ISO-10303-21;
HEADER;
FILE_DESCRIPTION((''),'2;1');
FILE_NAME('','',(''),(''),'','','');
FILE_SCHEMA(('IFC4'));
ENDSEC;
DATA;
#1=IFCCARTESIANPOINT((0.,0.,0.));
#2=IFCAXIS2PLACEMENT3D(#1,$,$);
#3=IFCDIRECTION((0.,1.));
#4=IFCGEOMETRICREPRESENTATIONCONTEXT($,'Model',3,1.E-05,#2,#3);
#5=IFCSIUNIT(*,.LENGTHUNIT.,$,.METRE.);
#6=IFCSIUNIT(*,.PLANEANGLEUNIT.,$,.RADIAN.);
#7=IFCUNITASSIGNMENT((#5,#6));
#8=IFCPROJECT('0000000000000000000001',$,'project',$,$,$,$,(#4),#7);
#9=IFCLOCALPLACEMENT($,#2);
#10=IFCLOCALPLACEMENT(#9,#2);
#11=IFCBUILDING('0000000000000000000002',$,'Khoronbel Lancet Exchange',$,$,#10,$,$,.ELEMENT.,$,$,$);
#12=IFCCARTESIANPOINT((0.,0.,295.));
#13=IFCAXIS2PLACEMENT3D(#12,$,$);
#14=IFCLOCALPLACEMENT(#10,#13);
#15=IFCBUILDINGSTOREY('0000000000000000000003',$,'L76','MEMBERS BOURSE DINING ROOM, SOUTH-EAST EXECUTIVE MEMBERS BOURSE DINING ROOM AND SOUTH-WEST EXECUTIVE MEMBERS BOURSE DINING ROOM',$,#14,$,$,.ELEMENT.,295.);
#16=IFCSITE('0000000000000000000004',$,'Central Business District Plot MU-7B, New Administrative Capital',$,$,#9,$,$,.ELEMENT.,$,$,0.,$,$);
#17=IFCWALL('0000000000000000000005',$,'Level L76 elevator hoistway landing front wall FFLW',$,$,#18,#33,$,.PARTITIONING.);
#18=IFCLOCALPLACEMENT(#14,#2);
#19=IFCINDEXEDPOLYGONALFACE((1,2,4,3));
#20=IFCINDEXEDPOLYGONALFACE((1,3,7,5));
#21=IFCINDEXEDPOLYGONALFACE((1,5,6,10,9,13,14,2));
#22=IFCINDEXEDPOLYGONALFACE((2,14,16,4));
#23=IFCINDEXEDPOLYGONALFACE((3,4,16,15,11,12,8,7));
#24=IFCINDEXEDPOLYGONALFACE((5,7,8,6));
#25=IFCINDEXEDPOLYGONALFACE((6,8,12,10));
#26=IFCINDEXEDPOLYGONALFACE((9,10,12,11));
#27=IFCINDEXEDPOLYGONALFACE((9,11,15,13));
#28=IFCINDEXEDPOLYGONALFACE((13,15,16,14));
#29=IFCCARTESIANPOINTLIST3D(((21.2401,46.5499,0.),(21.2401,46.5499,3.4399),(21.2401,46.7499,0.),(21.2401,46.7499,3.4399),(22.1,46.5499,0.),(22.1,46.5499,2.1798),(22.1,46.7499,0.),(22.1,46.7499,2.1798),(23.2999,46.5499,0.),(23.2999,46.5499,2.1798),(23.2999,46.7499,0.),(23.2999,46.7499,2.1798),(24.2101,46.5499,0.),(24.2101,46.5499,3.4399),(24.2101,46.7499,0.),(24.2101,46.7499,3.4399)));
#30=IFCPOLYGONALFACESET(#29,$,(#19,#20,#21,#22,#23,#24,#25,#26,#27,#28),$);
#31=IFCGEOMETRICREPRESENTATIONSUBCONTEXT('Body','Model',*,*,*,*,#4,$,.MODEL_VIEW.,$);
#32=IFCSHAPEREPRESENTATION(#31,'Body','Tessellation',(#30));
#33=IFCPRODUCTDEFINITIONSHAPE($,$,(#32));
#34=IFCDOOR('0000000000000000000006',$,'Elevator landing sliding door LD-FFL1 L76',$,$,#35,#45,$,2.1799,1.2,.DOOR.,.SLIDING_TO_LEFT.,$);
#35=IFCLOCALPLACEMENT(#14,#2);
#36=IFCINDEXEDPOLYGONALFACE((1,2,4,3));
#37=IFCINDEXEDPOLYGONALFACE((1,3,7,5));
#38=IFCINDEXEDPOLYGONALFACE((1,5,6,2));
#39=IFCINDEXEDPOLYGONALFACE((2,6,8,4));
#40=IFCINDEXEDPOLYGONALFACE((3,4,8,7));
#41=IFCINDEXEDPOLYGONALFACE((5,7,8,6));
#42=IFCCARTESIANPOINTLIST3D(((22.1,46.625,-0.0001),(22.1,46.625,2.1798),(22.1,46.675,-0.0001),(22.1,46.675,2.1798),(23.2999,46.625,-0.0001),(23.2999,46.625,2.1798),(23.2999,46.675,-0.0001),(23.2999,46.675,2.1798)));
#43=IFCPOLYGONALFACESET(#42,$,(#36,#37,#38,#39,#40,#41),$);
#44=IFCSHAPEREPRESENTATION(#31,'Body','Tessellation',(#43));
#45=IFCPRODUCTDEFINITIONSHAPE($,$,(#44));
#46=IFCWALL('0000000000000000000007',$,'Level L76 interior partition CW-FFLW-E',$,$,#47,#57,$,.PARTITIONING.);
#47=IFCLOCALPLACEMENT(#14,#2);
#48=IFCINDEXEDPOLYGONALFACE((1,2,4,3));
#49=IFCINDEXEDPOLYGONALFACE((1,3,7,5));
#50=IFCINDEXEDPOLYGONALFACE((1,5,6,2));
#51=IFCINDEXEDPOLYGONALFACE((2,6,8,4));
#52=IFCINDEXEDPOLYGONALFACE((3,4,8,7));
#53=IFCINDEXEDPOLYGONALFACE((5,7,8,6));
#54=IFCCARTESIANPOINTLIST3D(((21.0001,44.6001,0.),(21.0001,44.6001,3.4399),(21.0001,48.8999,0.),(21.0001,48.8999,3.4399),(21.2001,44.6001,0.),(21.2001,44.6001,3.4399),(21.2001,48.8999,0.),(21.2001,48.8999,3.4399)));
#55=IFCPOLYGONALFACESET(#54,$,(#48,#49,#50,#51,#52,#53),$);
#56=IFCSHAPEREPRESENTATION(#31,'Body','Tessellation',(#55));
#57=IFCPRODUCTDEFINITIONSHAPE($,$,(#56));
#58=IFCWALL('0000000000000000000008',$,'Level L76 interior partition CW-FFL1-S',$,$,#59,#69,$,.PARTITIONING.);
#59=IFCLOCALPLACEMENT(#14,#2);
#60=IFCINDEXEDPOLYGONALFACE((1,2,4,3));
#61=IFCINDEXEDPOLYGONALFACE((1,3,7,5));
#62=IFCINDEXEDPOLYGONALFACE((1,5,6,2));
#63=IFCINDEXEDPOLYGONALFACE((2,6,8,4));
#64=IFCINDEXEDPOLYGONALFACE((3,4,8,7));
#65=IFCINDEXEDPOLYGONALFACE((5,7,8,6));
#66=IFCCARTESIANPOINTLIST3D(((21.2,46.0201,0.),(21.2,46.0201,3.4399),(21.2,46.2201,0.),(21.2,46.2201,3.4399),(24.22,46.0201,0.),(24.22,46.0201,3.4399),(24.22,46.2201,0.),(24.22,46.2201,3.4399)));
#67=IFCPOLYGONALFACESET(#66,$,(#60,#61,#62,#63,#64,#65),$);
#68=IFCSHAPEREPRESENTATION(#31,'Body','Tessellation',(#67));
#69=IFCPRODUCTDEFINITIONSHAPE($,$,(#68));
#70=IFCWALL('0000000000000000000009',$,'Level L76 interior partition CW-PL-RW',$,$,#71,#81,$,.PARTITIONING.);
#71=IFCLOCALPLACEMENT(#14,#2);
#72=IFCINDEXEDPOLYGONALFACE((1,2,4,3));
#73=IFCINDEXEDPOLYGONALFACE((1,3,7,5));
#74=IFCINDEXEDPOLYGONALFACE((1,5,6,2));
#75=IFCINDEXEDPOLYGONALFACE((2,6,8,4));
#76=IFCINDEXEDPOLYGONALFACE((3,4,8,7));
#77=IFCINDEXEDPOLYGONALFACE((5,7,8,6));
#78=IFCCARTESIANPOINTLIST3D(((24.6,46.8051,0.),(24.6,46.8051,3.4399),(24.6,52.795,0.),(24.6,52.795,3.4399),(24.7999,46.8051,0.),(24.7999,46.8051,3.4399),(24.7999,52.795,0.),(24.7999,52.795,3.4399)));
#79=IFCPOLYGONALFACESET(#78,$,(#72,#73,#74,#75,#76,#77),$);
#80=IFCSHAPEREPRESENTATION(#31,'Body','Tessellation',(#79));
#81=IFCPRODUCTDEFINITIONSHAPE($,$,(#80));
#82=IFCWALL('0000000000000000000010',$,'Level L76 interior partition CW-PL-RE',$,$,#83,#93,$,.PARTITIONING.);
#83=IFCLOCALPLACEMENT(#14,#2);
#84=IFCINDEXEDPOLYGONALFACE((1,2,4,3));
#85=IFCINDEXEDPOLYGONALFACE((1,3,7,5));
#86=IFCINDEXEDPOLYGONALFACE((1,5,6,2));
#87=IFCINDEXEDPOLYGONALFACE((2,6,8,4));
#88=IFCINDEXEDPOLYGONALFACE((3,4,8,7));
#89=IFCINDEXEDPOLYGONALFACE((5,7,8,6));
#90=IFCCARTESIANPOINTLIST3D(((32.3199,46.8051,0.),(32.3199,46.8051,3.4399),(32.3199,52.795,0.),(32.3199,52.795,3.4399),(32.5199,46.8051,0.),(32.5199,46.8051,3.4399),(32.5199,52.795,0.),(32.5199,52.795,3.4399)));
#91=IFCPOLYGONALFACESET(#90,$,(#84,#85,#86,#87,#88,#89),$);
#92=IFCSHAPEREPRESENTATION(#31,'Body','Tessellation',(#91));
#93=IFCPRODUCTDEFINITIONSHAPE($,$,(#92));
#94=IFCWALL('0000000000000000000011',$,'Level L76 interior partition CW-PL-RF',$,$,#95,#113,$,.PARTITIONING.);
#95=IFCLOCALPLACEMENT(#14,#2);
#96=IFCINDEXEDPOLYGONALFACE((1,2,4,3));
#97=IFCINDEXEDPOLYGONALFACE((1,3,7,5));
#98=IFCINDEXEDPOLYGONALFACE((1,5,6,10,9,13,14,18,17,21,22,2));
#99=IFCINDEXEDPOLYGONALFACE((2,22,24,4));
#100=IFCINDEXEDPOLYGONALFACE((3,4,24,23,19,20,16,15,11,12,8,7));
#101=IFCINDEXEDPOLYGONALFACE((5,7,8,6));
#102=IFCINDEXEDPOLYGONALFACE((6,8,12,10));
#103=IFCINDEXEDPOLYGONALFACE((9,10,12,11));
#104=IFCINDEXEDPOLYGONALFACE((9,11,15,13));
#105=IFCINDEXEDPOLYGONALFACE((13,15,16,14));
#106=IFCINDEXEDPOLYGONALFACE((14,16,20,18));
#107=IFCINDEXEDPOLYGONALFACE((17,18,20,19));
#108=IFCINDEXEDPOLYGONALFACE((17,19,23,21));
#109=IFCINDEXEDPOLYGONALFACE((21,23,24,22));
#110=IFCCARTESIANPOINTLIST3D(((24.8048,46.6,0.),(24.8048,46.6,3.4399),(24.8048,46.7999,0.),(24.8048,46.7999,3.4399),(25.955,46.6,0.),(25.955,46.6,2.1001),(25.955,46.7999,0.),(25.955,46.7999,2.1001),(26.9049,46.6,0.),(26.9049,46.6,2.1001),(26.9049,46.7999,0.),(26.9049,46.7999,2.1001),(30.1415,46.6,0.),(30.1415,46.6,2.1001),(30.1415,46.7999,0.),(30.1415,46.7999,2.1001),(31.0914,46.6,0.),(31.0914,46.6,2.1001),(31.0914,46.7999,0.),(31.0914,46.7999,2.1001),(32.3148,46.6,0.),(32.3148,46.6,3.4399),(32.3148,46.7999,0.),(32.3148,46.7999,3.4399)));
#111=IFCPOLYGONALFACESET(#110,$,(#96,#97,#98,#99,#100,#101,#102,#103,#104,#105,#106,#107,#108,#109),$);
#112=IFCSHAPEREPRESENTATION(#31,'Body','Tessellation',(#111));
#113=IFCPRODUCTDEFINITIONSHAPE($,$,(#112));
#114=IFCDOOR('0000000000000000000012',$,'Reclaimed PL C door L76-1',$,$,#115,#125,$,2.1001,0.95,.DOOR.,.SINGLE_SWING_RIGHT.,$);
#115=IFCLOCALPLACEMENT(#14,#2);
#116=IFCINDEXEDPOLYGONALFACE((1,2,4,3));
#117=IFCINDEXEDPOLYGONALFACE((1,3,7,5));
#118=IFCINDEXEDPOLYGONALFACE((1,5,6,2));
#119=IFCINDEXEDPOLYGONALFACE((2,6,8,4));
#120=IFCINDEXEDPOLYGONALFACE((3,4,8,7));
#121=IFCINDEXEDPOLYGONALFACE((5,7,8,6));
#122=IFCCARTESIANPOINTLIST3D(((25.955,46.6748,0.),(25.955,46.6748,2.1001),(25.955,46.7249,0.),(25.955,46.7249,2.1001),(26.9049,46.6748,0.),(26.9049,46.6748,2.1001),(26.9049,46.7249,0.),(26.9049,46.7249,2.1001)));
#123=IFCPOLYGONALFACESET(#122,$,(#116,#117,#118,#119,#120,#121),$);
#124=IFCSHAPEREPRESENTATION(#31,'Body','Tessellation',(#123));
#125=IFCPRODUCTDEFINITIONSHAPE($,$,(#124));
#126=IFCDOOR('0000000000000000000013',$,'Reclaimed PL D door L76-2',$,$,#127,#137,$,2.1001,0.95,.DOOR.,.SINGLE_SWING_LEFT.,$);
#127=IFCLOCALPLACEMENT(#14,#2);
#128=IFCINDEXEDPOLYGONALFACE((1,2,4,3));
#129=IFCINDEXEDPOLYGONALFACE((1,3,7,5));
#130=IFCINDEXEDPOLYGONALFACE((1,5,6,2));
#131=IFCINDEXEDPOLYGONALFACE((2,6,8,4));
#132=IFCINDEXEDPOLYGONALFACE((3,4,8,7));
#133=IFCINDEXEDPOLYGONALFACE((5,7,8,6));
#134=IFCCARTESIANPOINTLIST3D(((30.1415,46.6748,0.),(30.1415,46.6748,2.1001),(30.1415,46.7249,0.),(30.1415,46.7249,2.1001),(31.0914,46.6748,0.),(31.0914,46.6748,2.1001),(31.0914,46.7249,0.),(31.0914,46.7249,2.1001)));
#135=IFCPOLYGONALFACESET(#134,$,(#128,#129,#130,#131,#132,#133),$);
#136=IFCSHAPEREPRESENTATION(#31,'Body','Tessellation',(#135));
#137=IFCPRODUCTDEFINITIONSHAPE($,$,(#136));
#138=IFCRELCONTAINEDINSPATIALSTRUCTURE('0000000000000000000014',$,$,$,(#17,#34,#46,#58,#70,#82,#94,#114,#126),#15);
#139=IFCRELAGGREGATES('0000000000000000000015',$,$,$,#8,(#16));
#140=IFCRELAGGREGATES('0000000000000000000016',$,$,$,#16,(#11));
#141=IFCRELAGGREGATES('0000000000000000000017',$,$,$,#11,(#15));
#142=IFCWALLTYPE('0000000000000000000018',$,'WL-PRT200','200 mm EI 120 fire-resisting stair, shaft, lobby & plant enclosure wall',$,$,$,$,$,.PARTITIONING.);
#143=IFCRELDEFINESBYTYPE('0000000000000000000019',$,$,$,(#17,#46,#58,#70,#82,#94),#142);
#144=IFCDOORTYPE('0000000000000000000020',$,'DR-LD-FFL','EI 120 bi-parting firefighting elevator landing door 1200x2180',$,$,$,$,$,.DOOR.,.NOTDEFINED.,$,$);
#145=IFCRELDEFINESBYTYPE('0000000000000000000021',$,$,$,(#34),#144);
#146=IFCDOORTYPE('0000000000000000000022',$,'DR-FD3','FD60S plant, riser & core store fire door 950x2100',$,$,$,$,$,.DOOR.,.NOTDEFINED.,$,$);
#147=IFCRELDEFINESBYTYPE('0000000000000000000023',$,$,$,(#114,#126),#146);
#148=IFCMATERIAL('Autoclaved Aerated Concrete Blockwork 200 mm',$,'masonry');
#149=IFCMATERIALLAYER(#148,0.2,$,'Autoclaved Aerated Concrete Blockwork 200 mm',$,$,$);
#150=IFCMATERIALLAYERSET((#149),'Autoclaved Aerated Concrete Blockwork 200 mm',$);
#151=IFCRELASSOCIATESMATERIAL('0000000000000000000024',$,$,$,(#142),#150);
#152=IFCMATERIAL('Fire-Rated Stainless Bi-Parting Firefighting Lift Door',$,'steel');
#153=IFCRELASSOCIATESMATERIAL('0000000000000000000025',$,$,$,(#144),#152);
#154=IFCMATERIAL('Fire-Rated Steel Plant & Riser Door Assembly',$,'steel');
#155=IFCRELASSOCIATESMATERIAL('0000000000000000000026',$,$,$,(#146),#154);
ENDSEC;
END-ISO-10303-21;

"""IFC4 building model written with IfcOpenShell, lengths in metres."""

from ifc_helpers import new_model, si_unit, direction, frame, frame_2d, origin, place, context, subcontext, project, spatial, rectangle, extrude, material, layer, layer_set, type_object, element, fill, save


model = new_model("IFC4")

# Units and contexts
model_context = context("Model", 3, precision=1e-05, world=origin(), true_north=direction((0.0, 1.0)))
body_context = subcontext(model_context, "Body", "Model", "MODEL_VIEW")
ifc_project = project(units=[si_unit("LENGTHUNIT", "METRE"), si_unit("PLANEANGLEUNIT", "RADIAN")], contexts=[model_context])

# Site, building, storey
site_placement = place(None, origin())
site = spatial("IfcSite", under=ifc_project, at=site_placement, Name="Central Business District Plot MU-7B, New Administrative Capital", CompositionType="ELEMENT", RefElevation=0.0)
building_placement = place(site_placement, origin())
building = spatial("IfcBuilding", under=site, at=building_placement, Name="Khoronbel Lancet Exchange", CompositionType="ELEMENT")
storey_placement = place(building_placement, frame((0.0, 0.0, 295.0)))
storey = spatial("IfcBuildingStorey", under=building, at=storey_placement, Name="L76", Description="MEMBERS BOURSE DINING ROOM, SOUTH-EAST EXECUTIVE MEMBERS BOURSE DINING ROOM AND SOUTH-WEST EXECUTIVE MEMBERS BOURSE DINING ROOM", CompositionType="ELEMENT", Elevation=295.0)

# Wall, opening, door
ifc_material_1 = material(Name="Autoclaved Aerated Concrete Blockwork 200 mm", Category="masonry")
ifc_layer_1 = layer(ifc_material_1, 0.2, Name="Autoclaved Aerated Concrete Blockwork 200 mm")
ifc_layer_set_1 = layer_set([ifc_layer_1], Name="Autoclaved Aerated Concrete Blockwork 200 mm")
wall_type_1 = type_object("IfcWallType", Name="WL-PRT200", Description="200 mm EI 120 fire-resisting stair, shaft, lobby & plant enclosure wall", PredefinedType="PARTITIONING", material=ifc_layer_set_1)
wall_1_placement = place(storey_placement, frame((24.21, 46.6499, 0.0), z_axis=(0.0, 0.0, 1.0), x_axis=(-1.0, 0.0, 0.0)))
wall_1 = element("IfcWall", 1, at=wall_1_placement, inside=storey, type_object=wall_type_1, Name="Level L76 elevator hoistway landing front wall FFLW", PredefinedType="PARTITIONING", context=body_context, shape_type="SweptSolid", body=[
    extrude(rectangle(XDim=2.97, YDim=0.2, at=frame_2d((1.4849, 0.0))), origin(), (0.0, 0.0, 1.0), 3.4399),
])
opening_1_placement = place(wall_1_placement, frame((0.9099, 0.0, 0.0)))
opening_1 = element("IfcOpeningElement", 2, at=opening_1_placement, cuts=wall_1, PredefinedType="OPENING", context=body_context, shape_type="SweptSolid", body=[
    extrude(rectangle(XDim=1.2, YDim=2.1799, at=frame_2d((0.6001, 1.0898))), frame((0.0, 0.1099, 0.0), z_axis=(0.0, -1.0, 0.0), x_axis=(1.0, 0.0, 0.0)), (0.0, 0.0, 1.0), 0.22),
])
ifc_material_2 = material(Name="Fire-Rated Stainless Bi-Parting Firefighting Lift Door", Category="steel")
door_type_1 = type_object("IfcDoorType", Name="DR-LD-FFL", Description="EI 120 bi-parting firefighting elevator landing door 1200x2180", OperationType="NOTDEFINED", PredefinedType="DOOR", material=ifc_material_2)
door_1_placement = place(opening_1_placement, origin())
door_1 = element("IfcDoor", 3, at=door_1_placement, inside=storey, type_object=door_type_1, Name="Elevator landing sliding door LD-FFL1 L76", OperationType="SLIDING_TO_LEFT", OverallHeight=2.1799, OverallWidth=1.2, PredefinedType="DOOR", context=body_context, shape_type="SweptSolid", body=[
    extrude(rectangle(XDim=1.2, YDim=2.1799, at=frame_2d((0.6001, 1.0898))), frame((0.0, 0.0249, 0.0), z_axis=(0.0, -1.0, 0.0), x_axis=(1.0, 0.0, 0.0)), (0.0, 0.0, 1.0), 0.05),
])
fill(opening_1, door_1)

# Walls
wall_2_placement = place(storey_placement, frame((21.1001, 44.6001, 0.0), z_axis=(0.0, 0.0, 1.0), x_axis=(0.0, 1.0, 0.0)))
element("IfcWall", 4, at=wall_2_placement, inside=storey, type_object=wall_type_1, Name="Level L76 interior partition CW-FFLW-E", PredefinedType="PARTITIONING", context=body_context, shape_type="SweptSolid", body=[
    extrude(rectangle(XDim=4.2998, YDim=0.2, at=frame_2d((2.1499, 0.0))), origin(), (0.0, 0.0, 1.0), 3.4399),
])
wall_3_placement = place(storey_placement, frame((21.2, 46.1201, 0.0), z_axis=(0.0, 0.0, 1.0), x_axis=(1.0, 0.0, 0.0)))
element("IfcWall", 5, at=wall_3_placement, inside=storey, type_object=wall_type_1, Name="Level L76 interior partition CW-FFL1-S", PredefinedType="PARTITIONING", context=body_context, shape_type="SweptSolid", body=[
    extrude(rectangle(XDim=3.02, YDim=0.2, at=frame_2d((1.51, 0.0))), origin(), (0.0, 0.0, 1.0), 3.4399),
])
for number, where, z_axis, x_axis, name in (
    (6, (24.7, 46.8049, 0.0), (0.0, 0.0, 1.0), (0.0, 1.0, 0.0), "Level L76 interior partition CW-PL-RW"),
    (7, (32.4199, 46.8049, 0.0), (0.0, 0.0, 1.0), (0.0, 1.0, 0.0), "Level L76 interior partition CW-PL-RE"),
):
    element("IfcWall", number, at=place(storey_placement, frame(where, z_axis=z_axis, x_axis=x_axis)), inside=storey, type_object=wall_type_1, Name=name, PredefinedType="PARTITIONING", context=body_context, shape_type="SweptSolid", body=[
        extrude(rectangle(XDim=5.99, YDim=0.2, at=frame_2d((2.9951, 0.0))), origin(), (0.0, 0.0, 1.0), 3.4399),
    ])

# Wall, openings, doors
wall_4_placement = place(storey_placement, frame((24.8049, 46.7, 0.0), z_axis=(0.0, 0.0, 1.0), x_axis=(1.0, 0.0, 0.0)))
wall_4 = element("IfcWall", 8, at=wall_4_placement, inside=storey, type_object=wall_type_1, Name="Level L76 interior partition CW-PL-RF", PredefinedType="PARTITIONING", context=body_context, shape_type="SweptSolid", body=[
    extrude(rectangle(XDim=7.51, YDim=0.2, at=frame_2d((3.7549, 0.0))), origin(), (0.0, 0.0, 1.0), 3.4399),
])
opening_2_placement = place(wall_4_placement, frame((1.1499, 0.0, 0.0)))
opening_2 = element("IfcOpeningElement", 9, at=opening_2_placement, cuts=wall_4, PredefinedType="OPENING", context=body_context, shape_type="SweptSolid", body=[
    extrude(rectangle(XDim=0.95, YDim=2.1001, at=frame_2d((0.4751, 1.05))), frame((0.0, 0.1099, 0.0), z_axis=(0.0, -1.0, 0.0), x_axis=(1.0, 0.0, 0.0)), (0.0, 0.0, 1.0), 0.22),
])
opening_3_placement = place(wall_4_placement, frame((5.3364, 0.0, 0.0)))
opening_3 = element("IfcOpeningElement", 10, at=opening_3_placement, cuts=wall_4, PredefinedType="OPENING", context=body_context, shape_type="SweptSolid", body=[
    extrude(rectangle(XDim=0.95, YDim=2.1001, at=frame_2d((0.4751, 1.05))), frame((0.0, 0.1099, 0.0), z_axis=(0.0, -1.0, 0.0), x_axis=(1.0, 0.0, 0.0)), (0.0, 0.0, 1.0), 0.22),
])
ifc_material_3 = material(Name="Fire-Rated Steel Plant & Riser Door Assembly", Category="steel")
door_type_2 = type_object("IfcDoorType", Name="DR-FD3", Description="FD60S plant, riser & core store fire door 950x2100", OperationType="NOTDEFINED", PredefinedType="DOOR", material=ifc_material_3)
door_2_placement = place(opening_2_placement, origin())
door_2 = element("IfcDoor", 11, at=door_2_placement, inside=storey, type_object=door_type_2, Name="Reclaimed PL C door L76-1", OperationType="SINGLE_SWING_RIGHT", OverallHeight=2.1001, OverallWidth=0.95, PredefinedType="DOOR", context=body_context, shape_type="SweptSolid", body=[
    extrude(rectangle(XDim=0.95, YDim=2.1001, at=frame_2d((0.4751, 1.05))), frame((0.0, 0.0249, 0.0), z_axis=(0.0, -1.0, 0.0), x_axis=(1.0, 0.0, 0.0)), (0.0, 0.0, 1.0), 0.05),
])
fill(opening_2, door_2)
door_3_placement = place(opening_3_placement, origin())
door_3 = element("IfcDoor", 12, at=door_3_placement, inside=storey, type_object=door_type_2, Name="Reclaimed PL D door L76-2", OperationType="SINGLE_SWING_LEFT", OverallHeight=2.1001, OverallWidth=0.95, PredefinedType="DOOR", context=body_context, shape_type="SweptSolid", body=[
    extrude(rectangle(XDim=0.95, YDim=2.1001, at=frame_2d((0.4751, 1.05))), frame((0.0, 0.0249, 0.0), z_axis=(0.0, -1.0, 0.0), x_axis=(1.0, 0.0, 0.0)), (0.0, 0.0, 1.0), 0.05),
])
fill(opening_3, door_3)

save(model, "model.ifc")
